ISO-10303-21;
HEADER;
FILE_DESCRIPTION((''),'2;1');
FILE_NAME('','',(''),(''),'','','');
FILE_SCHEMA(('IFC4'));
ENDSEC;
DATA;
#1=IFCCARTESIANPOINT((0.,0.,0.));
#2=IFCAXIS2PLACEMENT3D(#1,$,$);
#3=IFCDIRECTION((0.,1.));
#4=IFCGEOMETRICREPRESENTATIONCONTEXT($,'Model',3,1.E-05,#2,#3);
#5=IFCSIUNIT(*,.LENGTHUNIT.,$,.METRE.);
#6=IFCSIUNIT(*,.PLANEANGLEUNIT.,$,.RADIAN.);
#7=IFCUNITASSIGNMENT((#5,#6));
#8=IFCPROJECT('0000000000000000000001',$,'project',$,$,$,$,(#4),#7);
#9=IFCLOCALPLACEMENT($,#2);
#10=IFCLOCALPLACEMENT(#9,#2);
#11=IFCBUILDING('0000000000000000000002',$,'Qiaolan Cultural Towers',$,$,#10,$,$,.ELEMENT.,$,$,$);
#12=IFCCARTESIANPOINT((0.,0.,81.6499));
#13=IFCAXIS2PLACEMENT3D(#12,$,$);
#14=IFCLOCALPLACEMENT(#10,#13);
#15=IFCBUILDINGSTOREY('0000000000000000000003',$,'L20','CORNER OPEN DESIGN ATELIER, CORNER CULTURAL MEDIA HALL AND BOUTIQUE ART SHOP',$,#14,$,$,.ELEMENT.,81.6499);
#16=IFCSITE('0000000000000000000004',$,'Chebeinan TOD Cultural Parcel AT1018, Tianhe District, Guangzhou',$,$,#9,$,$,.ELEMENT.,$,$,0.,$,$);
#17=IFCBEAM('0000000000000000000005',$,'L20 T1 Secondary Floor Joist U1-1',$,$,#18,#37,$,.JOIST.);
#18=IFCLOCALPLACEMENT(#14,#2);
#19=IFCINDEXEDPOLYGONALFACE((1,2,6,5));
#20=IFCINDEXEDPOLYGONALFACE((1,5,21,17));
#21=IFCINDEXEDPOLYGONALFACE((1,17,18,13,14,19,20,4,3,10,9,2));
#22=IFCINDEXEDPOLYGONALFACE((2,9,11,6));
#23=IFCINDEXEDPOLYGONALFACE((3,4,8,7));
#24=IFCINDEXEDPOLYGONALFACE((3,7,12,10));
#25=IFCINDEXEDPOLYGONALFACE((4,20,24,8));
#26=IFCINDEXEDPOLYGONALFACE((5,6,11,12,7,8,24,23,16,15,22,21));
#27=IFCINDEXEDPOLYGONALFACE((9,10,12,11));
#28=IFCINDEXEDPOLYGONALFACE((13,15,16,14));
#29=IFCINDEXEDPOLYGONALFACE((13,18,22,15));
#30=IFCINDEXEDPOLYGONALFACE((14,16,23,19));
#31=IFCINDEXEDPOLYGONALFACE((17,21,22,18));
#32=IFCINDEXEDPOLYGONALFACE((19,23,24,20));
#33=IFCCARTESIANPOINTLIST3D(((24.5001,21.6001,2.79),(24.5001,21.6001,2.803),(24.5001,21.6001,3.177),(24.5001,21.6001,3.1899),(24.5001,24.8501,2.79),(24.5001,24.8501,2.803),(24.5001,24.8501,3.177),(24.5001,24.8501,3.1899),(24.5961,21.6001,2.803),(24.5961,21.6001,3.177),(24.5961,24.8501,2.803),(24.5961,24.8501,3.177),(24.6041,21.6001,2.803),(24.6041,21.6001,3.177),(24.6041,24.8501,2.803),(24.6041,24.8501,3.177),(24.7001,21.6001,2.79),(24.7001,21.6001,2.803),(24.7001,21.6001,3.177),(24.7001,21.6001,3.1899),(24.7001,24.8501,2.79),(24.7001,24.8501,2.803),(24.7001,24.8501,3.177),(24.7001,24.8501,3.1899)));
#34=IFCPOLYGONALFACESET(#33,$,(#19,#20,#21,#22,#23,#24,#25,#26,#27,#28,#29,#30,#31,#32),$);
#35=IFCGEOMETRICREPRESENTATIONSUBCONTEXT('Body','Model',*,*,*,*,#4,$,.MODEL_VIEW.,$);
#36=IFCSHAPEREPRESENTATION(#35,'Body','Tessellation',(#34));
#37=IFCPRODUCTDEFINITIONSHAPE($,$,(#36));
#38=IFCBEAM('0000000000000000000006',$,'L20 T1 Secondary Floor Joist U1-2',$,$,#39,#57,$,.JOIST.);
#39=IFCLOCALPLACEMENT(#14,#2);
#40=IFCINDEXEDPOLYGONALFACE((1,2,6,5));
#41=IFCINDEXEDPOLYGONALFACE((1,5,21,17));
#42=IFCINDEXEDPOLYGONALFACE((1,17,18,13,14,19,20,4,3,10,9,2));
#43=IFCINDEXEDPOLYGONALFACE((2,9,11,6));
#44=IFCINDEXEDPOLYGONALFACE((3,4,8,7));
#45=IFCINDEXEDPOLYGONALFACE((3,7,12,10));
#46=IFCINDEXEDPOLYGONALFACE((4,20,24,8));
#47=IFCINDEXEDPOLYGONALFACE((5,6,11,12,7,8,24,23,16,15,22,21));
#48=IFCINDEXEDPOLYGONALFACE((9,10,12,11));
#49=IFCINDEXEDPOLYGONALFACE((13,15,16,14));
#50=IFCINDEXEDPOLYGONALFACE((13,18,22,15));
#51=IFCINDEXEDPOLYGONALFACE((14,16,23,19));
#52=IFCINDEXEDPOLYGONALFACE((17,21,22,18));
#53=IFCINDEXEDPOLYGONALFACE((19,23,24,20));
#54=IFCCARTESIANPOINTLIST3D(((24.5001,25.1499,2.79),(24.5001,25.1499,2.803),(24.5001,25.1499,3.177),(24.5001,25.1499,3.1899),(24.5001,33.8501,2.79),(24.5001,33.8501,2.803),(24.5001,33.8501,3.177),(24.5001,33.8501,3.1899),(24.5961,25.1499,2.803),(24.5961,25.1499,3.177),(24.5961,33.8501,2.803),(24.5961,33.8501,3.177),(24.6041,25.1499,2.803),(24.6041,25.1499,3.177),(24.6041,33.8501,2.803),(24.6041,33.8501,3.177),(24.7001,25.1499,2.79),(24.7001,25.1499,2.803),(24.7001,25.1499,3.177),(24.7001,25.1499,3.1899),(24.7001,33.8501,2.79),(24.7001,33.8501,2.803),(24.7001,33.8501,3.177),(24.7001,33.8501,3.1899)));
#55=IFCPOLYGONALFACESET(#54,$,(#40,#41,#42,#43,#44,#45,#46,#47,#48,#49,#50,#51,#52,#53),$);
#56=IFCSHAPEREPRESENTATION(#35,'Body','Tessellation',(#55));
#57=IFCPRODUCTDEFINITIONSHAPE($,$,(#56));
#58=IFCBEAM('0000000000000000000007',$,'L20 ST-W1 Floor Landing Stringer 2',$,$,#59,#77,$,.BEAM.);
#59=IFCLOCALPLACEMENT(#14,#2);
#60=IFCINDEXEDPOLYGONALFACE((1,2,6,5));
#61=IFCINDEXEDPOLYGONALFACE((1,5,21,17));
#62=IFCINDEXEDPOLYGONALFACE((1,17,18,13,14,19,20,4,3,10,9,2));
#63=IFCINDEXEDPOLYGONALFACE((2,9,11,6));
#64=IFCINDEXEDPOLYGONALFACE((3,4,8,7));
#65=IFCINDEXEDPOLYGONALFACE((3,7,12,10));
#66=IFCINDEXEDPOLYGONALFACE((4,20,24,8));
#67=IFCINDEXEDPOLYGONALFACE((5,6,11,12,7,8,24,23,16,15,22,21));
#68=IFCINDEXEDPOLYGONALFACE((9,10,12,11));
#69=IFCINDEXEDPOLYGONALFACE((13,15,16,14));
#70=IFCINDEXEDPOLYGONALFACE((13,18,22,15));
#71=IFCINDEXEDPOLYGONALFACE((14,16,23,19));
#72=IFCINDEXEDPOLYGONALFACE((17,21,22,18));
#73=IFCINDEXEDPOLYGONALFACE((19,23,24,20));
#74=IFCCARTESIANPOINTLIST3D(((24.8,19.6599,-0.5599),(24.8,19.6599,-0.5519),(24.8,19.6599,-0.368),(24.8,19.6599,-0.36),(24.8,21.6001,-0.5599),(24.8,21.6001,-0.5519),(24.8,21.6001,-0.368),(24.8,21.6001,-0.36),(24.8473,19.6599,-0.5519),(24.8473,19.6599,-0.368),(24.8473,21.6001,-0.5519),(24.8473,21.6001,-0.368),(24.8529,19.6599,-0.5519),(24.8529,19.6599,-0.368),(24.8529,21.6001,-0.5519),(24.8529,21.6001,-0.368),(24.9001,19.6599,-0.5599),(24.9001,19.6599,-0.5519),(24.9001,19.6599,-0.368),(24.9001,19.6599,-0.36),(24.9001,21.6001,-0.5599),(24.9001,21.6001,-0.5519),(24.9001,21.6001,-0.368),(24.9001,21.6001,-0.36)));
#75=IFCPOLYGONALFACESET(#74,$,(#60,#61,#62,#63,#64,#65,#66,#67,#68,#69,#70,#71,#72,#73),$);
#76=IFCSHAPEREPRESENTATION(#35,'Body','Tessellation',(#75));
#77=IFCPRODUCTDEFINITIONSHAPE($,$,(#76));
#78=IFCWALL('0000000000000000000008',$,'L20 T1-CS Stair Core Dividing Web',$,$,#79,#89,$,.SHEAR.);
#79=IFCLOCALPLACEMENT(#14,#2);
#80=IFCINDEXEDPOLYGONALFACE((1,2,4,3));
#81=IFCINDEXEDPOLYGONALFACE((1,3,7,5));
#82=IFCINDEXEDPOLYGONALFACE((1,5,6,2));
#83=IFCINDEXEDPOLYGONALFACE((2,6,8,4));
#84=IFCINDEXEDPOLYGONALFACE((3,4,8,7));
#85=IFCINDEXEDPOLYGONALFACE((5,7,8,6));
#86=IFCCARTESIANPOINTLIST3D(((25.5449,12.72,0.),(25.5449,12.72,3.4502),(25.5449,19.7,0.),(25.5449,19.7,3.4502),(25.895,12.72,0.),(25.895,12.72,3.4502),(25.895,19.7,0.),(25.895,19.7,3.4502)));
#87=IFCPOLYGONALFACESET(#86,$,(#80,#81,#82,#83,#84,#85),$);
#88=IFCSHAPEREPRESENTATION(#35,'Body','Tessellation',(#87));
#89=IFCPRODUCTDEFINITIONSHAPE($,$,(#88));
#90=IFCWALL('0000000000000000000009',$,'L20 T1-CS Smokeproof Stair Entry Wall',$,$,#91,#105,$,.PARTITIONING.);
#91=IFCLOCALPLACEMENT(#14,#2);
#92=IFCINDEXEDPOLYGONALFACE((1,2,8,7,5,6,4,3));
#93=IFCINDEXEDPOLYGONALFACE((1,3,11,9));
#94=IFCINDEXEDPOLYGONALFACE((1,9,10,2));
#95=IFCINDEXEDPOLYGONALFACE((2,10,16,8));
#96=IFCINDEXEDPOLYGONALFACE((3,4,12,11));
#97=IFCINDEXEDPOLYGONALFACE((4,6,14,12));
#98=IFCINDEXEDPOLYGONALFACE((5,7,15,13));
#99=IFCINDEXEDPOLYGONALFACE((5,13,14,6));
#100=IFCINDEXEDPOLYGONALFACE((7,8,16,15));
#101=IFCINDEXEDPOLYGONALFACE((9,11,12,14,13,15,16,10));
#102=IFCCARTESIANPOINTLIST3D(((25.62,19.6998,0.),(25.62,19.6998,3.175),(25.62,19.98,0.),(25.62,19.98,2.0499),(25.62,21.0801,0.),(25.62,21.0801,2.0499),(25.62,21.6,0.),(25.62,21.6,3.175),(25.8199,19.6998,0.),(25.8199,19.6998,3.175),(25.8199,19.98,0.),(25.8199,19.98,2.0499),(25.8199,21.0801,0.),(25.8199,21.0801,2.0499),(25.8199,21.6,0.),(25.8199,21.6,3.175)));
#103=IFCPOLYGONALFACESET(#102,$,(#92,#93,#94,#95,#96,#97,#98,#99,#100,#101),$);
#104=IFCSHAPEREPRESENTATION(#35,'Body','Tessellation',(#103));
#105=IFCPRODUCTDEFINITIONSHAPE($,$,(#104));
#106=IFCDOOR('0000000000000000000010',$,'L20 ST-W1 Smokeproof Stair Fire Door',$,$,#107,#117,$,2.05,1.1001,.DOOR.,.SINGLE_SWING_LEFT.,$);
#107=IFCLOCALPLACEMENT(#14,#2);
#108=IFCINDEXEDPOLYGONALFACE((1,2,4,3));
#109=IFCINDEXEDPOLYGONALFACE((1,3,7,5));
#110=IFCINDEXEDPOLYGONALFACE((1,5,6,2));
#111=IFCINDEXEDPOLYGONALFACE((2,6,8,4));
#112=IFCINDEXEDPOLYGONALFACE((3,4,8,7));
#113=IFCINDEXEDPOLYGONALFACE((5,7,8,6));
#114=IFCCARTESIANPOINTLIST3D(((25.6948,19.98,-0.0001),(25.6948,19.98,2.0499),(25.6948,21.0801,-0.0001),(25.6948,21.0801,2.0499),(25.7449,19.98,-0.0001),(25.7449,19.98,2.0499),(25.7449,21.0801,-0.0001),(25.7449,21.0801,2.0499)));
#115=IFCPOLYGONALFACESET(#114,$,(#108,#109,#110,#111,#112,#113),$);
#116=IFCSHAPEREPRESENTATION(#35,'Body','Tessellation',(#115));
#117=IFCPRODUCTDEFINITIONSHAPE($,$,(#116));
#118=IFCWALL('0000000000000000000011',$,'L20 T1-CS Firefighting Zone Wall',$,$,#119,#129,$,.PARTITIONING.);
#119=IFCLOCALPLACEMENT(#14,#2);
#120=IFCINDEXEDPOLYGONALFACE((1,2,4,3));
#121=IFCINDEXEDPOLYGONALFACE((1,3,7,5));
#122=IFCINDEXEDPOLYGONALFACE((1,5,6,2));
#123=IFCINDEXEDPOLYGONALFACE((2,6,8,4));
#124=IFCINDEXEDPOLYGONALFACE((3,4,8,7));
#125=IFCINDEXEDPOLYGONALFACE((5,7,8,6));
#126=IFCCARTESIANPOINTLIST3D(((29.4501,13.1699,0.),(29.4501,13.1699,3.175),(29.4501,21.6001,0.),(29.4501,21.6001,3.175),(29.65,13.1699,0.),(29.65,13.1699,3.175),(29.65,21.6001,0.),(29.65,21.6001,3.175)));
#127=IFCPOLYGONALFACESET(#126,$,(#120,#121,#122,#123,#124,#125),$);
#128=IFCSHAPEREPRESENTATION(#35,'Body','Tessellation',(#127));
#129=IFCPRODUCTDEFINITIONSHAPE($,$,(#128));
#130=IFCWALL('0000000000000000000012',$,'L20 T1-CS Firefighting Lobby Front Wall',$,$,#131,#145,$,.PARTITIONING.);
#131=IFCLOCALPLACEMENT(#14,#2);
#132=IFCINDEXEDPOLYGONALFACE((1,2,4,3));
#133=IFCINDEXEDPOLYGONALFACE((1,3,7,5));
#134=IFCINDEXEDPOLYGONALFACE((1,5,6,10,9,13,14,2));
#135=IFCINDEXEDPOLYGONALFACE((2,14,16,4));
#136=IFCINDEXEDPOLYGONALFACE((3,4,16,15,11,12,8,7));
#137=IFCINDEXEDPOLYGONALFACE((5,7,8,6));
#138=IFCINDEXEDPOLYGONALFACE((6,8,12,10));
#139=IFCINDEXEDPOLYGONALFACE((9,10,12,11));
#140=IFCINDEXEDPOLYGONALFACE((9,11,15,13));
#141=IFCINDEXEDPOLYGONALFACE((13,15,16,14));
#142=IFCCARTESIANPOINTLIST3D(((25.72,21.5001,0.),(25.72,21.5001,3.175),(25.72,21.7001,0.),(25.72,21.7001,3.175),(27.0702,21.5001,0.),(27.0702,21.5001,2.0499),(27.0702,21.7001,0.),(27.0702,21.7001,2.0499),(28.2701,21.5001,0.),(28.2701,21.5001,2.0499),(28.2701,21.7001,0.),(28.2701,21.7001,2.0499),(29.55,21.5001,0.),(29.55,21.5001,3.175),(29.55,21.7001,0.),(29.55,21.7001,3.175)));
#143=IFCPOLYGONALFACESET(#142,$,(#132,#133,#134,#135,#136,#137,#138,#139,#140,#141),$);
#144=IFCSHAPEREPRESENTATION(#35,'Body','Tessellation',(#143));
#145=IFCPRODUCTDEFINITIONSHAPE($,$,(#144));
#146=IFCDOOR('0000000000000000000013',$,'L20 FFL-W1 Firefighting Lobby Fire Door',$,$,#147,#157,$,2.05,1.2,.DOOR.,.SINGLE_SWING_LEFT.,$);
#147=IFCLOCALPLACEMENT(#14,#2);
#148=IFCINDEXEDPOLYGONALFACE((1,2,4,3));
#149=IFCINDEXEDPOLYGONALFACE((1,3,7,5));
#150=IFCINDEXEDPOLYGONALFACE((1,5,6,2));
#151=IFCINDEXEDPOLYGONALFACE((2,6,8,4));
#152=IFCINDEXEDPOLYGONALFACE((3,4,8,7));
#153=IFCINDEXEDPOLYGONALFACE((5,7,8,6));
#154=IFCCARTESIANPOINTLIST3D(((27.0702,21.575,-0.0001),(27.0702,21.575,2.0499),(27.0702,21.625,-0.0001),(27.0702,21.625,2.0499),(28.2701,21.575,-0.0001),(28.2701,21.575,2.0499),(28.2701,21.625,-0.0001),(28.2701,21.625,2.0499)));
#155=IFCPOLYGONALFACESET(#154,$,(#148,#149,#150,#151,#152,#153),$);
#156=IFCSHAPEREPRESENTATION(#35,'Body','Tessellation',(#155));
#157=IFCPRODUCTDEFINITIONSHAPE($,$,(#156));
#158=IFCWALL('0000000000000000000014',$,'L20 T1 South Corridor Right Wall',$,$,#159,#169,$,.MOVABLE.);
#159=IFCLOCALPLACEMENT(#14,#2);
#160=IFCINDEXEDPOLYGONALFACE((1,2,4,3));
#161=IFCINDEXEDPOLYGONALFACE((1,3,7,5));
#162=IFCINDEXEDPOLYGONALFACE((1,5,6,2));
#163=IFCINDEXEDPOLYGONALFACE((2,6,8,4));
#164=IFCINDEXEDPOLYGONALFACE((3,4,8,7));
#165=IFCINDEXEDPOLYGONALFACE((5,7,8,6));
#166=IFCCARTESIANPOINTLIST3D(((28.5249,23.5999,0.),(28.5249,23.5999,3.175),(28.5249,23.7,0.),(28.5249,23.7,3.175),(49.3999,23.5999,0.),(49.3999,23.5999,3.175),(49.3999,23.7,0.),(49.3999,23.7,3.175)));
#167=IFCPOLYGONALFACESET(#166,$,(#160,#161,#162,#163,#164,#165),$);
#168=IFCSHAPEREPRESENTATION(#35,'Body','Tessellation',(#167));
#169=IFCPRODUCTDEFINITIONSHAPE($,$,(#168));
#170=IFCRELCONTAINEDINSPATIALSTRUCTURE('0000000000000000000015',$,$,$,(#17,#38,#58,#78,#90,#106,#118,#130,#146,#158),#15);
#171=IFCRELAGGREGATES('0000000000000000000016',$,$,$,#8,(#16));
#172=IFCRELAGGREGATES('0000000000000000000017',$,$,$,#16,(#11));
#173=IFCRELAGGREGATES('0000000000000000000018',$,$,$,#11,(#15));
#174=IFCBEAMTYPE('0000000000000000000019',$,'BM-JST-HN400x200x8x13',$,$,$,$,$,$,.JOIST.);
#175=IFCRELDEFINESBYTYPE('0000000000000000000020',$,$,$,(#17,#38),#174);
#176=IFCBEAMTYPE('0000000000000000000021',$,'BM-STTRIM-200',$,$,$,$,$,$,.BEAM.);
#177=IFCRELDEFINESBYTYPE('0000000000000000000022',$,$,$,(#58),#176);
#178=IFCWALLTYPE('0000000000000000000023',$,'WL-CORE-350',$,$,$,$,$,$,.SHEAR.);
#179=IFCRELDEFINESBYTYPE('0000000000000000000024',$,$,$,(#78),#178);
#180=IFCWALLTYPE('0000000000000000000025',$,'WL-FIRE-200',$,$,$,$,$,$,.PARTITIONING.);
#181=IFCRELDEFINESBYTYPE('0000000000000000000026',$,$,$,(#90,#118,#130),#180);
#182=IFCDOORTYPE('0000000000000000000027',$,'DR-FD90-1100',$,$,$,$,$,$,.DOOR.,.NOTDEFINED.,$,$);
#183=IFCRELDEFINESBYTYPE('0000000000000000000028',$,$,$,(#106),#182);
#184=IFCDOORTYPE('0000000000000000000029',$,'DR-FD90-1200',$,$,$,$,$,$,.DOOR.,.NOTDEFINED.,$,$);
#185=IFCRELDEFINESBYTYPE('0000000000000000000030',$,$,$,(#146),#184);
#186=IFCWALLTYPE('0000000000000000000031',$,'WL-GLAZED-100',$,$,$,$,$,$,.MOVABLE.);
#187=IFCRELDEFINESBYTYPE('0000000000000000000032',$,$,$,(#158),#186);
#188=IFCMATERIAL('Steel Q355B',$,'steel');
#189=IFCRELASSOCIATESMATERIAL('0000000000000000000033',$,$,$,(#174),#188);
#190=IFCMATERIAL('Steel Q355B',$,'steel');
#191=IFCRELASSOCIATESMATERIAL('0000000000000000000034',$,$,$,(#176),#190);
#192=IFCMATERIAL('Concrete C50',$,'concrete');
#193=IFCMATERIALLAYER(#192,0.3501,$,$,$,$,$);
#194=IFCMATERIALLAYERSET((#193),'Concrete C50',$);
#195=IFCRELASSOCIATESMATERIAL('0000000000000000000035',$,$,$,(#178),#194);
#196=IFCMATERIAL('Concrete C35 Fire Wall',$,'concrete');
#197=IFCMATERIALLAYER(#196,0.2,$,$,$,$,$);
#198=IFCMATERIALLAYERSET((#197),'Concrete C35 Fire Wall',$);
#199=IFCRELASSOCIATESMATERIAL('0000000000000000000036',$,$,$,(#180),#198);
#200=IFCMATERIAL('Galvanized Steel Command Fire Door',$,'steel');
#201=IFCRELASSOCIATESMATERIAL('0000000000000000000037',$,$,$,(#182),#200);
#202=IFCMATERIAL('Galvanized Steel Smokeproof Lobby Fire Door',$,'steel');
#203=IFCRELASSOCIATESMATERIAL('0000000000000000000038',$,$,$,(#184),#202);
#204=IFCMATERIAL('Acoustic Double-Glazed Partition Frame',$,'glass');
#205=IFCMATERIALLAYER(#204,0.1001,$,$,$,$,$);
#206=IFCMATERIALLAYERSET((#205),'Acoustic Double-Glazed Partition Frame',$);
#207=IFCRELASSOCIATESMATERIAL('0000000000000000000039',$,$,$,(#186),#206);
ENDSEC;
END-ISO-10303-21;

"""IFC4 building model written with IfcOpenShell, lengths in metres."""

from ifc_helpers import new_model, si_unit, direction, frame, frame_2d, origin, origin_2d, place, context, subcontext, project, spatial, rectangle, i_section, extrude, material, layer, layer_set, material_profile, profile_set, type_object, element, fill, save


model = new_model("IFC4")

# Units and contexts
model_context = context("Model", 3, precision=1e-05, world=origin(), true_north=direction((0.0, 1.0)))
body_context = subcontext(model_context, "Body", "Model", "MODEL_VIEW")
ifc_project = project(units=[si_unit("LENGTHUNIT", "METRE"), si_unit("PLANEANGLEUNIT", "RADIAN")], contexts=[model_context])

# Site, building, storey
site_placement = place(None, origin())
site = spatial("IfcSite", under=ifc_project, at=site_placement, Name="Chebeinan TOD Cultural Parcel AT1018, Tianhe District, Guangzhou", CompositionType="ELEMENT", RefElevation=0.0)
building_placement = place(site_placement, origin())
building = spatial("IfcBuilding", under=site, at=building_placement, Name="Qiaolan Cultural Towers", CompositionType="ELEMENT")
storey_placement = place(building_placement, frame((0.0, 0.0, 81.6499)))
storey = spatial("IfcBuildingStorey", under=building, at=storey_placement, Name="L20", Description="CORNER OPEN DESIGN ATELIER, CORNER CULTURAL MEDIA HALL AND BOUTIQUE ART SHOP", CompositionType="ELEMENT", Elevation=81.6499)

# Beams
ifc_material_1 = material(Name="Steel Q355B", Category="steel")
ifc_material_profile_1 = material_profile(ifc_material_1, i_section(OverallWidth=0.2, OverallDepth=0.3999, WebThickness=0.0081, FlangeThickness=0.0129, at=origin_2d()), Name="HN400x200x8x13")
ifc_profile_set_1 = profile_set([ifc_material_profile_1], Name="Steel Q355B")
beam_type_1 = type_object("IfcBeamType", Name="BM-JST-HN400x200x8x13", PredefinedType="JOIST", material=ifc_profile_set_1)
beam_1_placement = place(storey_placement, frame((24.6001, 21.6001, 2.99), z_axis=(0.0, 1.0, 0.0), x_axis=(-1.0, 0.0, 0.0)))
element("IfcBeam", 1, at=beam_1_placement, inside=storey, type_object=beam_type_1, Name="L20 T1 Secondary Floor Joist U1-1", PredefinedType="JOIST", context=body_context, shape_type="SweptSolid", body=[
    extrude(i_section(OverallWidth=0.2, OverallDepth=0.3999, WebThickness=0.0081, FlangeThickness=0.0129, at=origin_2d()), origin(), (0.0, 0.0, 1.0), 3.25),
])
beam_2_placement = place(storey_placement, frame((24.6001, 25.1499, 2.99), z_axis=(0.0, 1.0, 0.0), x_axis=(-1.0, 0.0, 0.0)))
element("IfcBeam", 2, at=beam_2_placement, inside=storey, type_object=beam_type_1, Name="L20 T1 Secondary Floor Joist U1-2", PredefinedType="JOIST", context=body_context, shape_type="SweptSolid", body=[
    extrude(i_section(OverallWidth=0.2, OverallDepth=0.3999, WebThickness=0.0081, FlangeThickness=0.0129, at=origin_2d()), origin(), (0.0, 0.0, 1.0), 8.7002),
])
ifc_material_2 = material(Name="Steel Q355B", Category="steel")
ifc_material_profile_2 = material_profile(ifc_material_2, i_section(OverallWidth=0.1001, OverallDepth=0.2, WebThickness=0.0056, FlangeThickness=0.0081, at=origin_2d()), Name="HN200x100x5.5x8")
ifc_profile_set_2 = profile_set([ifc_material_profile_2], Name="Steel Q355B")
beam_type_2 = type_object("IfcBeamType", Name="BM-STTRIM-200", PredefinedType="BEAM", material=ifc_profile_set_2)
beam_3_placement = place(storey_placement, frame((24.8501, 21.6001, -0.46), z_axis=(0.0, -1.0, 0.0), x_axis=(1.0, 0.0, 0.0)))
element("IfcBeam", 3, at=beam_3_placement, inside=storey, type_object=beam_type_2, Name="L20 ST-W1 Floor Landing Stringer 2", PredefinedType="BEAM", context=body_context, shape_type="SweptSolid", body=[
    extrude(i_section(OverallWidth=0.1001, OverallDepth=0.2, WebThickness=0.0056, FlangeThickness=0.0081, at=origin_2d()), origin(), (0.0, 0.0, 1.0), 1.9402),
])

# Wall
ifc_material_3 = material(Name="Concrete C50", Category="concrete")
ifc_layer_1 = layer(ifc_material_3, 0.3501)
ifc_layer_set_1 = layer_set([ifc_layer_1], Name="Concrete C50")
wall_type_1 = type_object("IfcWallType", Name="WL-CORE-350", PredefinedType="SHEAR", material=ifc_layer_set_1)
wall_1_placement = place(storey_placement, frame((25.72, 19.7, 0.0), z_axis=(0.0, 0.0, 1.0), x_axis=(0.0, -1.0, 0.0)))
element("IfcWall", 4, at=wall_1_placement, inside=storey, type_object=wall_type_1, Name="L20 T1-CS Stair Core Dividing Web", PredefinedType="SHEAR", context=body_context, shape_type="SweptSolid", body=[
    extrude(rectangle(XDim=6.98, YDim=0.3501, at=frame_2d((3.49, 0.0))), origin(), (0.0, 0.0, 1.0), 3.4502),
])

# Wall, opening, door
ifc_material_4 = material(Name="Concrete C35 Fire Wall", Category="concrete")
ifc_layer_2 = layer(ifc_material_4, 0.2)
ifc_layer_set_2 = layer_set([ifc_layer_2], Name="Concrete C35 Fire Wall")
wall_type_2 = type_object("IfcWallType", Name="WL-FIRE-200", PredefinedType="PARTITIONING", material=ifc_layer_set_2)
wall_2_placement = place(storey_placement, frame((25.72, 21.6001, 0.0), z_axis=(0.0, 0.0, 1.0), x_axis=(0.0, -1.0, 0.0)))
wall_2 = element("IfcWall", 5, at=wall_2_placement, inside=storey, type_object=wall_type_2, Name="L20 T1-CS Smokeproof Stair Entry Wall", PredefinedType="PARTITIONING", context=body_context, shape_type="SweptSolid", body=[
    extrude(rectangle(XDim=1.9001, YDim=0.2, at=frame_2d((0.9502, 0.0))), origin(), (0.0, 0.0, 1.0), 3.175),
])
opening_1_placement = place(wall_2_placement, frame((0.52, 0.0, 0.0)))
opening_1 = element("IfcOpeningElement", 6, at=opening_1_placement, cuts=wall_2, PredefinedType="OPENING", context=body_context, shape_type="SweptSolid", body=[
    extrude(rectangle(XDim=1.1001, YDim=2.05, at=frame_2d((0.55, 1.0249))), frame((0.0, 0.1099, 0.0), z_axis=(0.0, -1.0, 0.0), x_axis=(1.0, 0.0, 0.0)), (0.0, 0.0, 1.0), 0.22),
])
ifc_material_5 = material(Name="Galvanized Steel Command Fire Door", Category="steel")
door_type_1 = type_object("IfcDoorType", Name="DR-FD90-1100", OperationType="NOTDEFINED", PredefinedType="DOOR", material=ifc_material_5)
door_1_placement = place(opening_1_placement, origin())
door_1 = element("IfcDoor", 7, at=door_1_placement, inside=storey, type_object=door_type_1, Name="L20 ST-W1 Smokeproof Stair Fire Door", OperationType="SINGLE_SWING_LEFT", OverallHeight=2.05, OverallWidth=1.1001, PredefinedType="DOOR", context=body_context, shape_type="SweptSolid", body=[
    extrude(rectangle(XDim=1.1001, YDim=2.05, at=frame_2d((0.55, 1.0249))), frame((0.0, 0.0249, 0.0), z_axis=(0.0, -1.0, 0.0), x_axis=(1.0, 0.0, 0.0)), (0.0, 0.0, 1.0), 0.05),
])
fill(opening_1, door_1)

# Wall
wall_3_placement = place(storey_placement, frame((29.55, 21.6001, 0.0), z_axis=(0.0, 0.0, 1.0), x_axis=(0.0, -1.0, 0.0)))
element("IfcWall", 8, at=wall_3_placement, inside=storey, type_object=wall_type_2, Name="L20 T1-CS Firefighting Zone Wall", PredefinedType="PARTITIONING", context=body_context, shape_type="SweptSolid", body=[
    extrude(rectangle(XDim=8.4302, YDim=0.2, at=frame_2d((4.2151, 0.0))), origin(), (0.0, 0.0, 1.0), 3.175),
])

# Wall, opening, door
wall_4_placement = place(storey_placement, frame((25.72, 21.6001, 0.0), z_axis=(0.0, 0.0, 1.0), x_axis=(1.0, 0.0, 0.0)))
wall_4 = element("IfcWall", 9, at=wall_4_placement, inside=storey, type_object=wall_type_2, Name="L20 T1-CS Firefighting Lobby Front Wall", PredefinedType="PARTITIONING", context=body_context, shape_type="SweptSolid", body=[
    extrude(rectangle(XDim=3.8301, YDim=0.2, at=frame_2d((1.915, 0.0))), origin(), (0.0, 0.0, 1.0), 3.175),
])
opening_2_placement = place(wall_4_placement, frame((1.3501, 0.0, 0.0)))
opening_2 = element("IfcOpeningElement", 10, at=opening_2_placement, cuts=wall_4, PredefinedType="OPENING", context=body_context, shape_type="SweptSolid", body=[
    extrude(rectangle(XDim=1.2, YDim=2.05, at=frame_2d((0.6001, 1.0249))), frame((0.0, 0.1099, 0.0), z_axis=(0.0, -1.0, 0.0), x_axis=(1.0, 0.0, 0.0)), (0.0, 0.0, 1.0), 0.22),
])
ifc_material_6 = material(Name="Galvanized Steel Smokeproof Lobby Fire Door", Category="steel")
door_type_2 = type_object("IfcDoorType", Name="DR-FD90-1200", OperationType="NOTDEFINED", PredefinedType="DOOR", material=ifc_material_6)
door_2_placement = place(opening_2_placement, origin())
door_2 = element("IfcDoor", 11, at=door_2_placement, inside=storey, type_object=door_type_2, Name="L20 FFL-W1 Firefighting Lobby Fire Door", OperationType="SINGLE_SWING_LEFT", OverallHeight=2.05, OverallWidth=1.2, PredefinedType="DOOR", context=body_context, shape_type="SweptSolid", body=[
    extrude(rectangle(XDim=1.2, YDim=2.05, at=frame_2d((0.6001, 1.0249))), frame((0.0, 0.0249, 0.0), z_axis=(0.0, -1.0, 0.0), x_axis=(1.0, 0.0, 0.0)), (0.0, 0.0, 1.0), 0.05),
])
fill(opening_2, door_2)

# Wall
ifc_material_7 = material(Name="Acoustic Double-Glazed Partition Frame", Category="glass")
ifc_layer_3 = layer(ifc_material_7, 0.1001)
ifc_layer_set_3 = layer_set([ifc_layer_3], Name="Acoustic Double-Glazed Partition Frame")
wall_type_3 = type_object("IfcWallType", Name="WL-GLAZED-100", PredefinedType="MOVABLE", material=ifc_layer_set_3)
wall_5_placement = place(storey_placement, frame((28.5249, 23.6499, 0.0), z_axis=(0.0, 0.0, 1.0), x_axis=(1.0, 0.0, 0.0)))
element("IfcWall", 12, at=wall_5_placement, inside=storey, type_object=wall_type_3, Name="L20 T1 South Corridor Right Wall", PredefinedType="MOVABLE", context=body_context, shape_type="SweptSolid", body=[
    extrude(rectangle(XDim=20.875, YDim=0.1001, at=frame_2d((10.4375, 0.0))), origin(), (0.0, 0.0, 1.0), 3.175),
])

save(model, "model.ifc")
